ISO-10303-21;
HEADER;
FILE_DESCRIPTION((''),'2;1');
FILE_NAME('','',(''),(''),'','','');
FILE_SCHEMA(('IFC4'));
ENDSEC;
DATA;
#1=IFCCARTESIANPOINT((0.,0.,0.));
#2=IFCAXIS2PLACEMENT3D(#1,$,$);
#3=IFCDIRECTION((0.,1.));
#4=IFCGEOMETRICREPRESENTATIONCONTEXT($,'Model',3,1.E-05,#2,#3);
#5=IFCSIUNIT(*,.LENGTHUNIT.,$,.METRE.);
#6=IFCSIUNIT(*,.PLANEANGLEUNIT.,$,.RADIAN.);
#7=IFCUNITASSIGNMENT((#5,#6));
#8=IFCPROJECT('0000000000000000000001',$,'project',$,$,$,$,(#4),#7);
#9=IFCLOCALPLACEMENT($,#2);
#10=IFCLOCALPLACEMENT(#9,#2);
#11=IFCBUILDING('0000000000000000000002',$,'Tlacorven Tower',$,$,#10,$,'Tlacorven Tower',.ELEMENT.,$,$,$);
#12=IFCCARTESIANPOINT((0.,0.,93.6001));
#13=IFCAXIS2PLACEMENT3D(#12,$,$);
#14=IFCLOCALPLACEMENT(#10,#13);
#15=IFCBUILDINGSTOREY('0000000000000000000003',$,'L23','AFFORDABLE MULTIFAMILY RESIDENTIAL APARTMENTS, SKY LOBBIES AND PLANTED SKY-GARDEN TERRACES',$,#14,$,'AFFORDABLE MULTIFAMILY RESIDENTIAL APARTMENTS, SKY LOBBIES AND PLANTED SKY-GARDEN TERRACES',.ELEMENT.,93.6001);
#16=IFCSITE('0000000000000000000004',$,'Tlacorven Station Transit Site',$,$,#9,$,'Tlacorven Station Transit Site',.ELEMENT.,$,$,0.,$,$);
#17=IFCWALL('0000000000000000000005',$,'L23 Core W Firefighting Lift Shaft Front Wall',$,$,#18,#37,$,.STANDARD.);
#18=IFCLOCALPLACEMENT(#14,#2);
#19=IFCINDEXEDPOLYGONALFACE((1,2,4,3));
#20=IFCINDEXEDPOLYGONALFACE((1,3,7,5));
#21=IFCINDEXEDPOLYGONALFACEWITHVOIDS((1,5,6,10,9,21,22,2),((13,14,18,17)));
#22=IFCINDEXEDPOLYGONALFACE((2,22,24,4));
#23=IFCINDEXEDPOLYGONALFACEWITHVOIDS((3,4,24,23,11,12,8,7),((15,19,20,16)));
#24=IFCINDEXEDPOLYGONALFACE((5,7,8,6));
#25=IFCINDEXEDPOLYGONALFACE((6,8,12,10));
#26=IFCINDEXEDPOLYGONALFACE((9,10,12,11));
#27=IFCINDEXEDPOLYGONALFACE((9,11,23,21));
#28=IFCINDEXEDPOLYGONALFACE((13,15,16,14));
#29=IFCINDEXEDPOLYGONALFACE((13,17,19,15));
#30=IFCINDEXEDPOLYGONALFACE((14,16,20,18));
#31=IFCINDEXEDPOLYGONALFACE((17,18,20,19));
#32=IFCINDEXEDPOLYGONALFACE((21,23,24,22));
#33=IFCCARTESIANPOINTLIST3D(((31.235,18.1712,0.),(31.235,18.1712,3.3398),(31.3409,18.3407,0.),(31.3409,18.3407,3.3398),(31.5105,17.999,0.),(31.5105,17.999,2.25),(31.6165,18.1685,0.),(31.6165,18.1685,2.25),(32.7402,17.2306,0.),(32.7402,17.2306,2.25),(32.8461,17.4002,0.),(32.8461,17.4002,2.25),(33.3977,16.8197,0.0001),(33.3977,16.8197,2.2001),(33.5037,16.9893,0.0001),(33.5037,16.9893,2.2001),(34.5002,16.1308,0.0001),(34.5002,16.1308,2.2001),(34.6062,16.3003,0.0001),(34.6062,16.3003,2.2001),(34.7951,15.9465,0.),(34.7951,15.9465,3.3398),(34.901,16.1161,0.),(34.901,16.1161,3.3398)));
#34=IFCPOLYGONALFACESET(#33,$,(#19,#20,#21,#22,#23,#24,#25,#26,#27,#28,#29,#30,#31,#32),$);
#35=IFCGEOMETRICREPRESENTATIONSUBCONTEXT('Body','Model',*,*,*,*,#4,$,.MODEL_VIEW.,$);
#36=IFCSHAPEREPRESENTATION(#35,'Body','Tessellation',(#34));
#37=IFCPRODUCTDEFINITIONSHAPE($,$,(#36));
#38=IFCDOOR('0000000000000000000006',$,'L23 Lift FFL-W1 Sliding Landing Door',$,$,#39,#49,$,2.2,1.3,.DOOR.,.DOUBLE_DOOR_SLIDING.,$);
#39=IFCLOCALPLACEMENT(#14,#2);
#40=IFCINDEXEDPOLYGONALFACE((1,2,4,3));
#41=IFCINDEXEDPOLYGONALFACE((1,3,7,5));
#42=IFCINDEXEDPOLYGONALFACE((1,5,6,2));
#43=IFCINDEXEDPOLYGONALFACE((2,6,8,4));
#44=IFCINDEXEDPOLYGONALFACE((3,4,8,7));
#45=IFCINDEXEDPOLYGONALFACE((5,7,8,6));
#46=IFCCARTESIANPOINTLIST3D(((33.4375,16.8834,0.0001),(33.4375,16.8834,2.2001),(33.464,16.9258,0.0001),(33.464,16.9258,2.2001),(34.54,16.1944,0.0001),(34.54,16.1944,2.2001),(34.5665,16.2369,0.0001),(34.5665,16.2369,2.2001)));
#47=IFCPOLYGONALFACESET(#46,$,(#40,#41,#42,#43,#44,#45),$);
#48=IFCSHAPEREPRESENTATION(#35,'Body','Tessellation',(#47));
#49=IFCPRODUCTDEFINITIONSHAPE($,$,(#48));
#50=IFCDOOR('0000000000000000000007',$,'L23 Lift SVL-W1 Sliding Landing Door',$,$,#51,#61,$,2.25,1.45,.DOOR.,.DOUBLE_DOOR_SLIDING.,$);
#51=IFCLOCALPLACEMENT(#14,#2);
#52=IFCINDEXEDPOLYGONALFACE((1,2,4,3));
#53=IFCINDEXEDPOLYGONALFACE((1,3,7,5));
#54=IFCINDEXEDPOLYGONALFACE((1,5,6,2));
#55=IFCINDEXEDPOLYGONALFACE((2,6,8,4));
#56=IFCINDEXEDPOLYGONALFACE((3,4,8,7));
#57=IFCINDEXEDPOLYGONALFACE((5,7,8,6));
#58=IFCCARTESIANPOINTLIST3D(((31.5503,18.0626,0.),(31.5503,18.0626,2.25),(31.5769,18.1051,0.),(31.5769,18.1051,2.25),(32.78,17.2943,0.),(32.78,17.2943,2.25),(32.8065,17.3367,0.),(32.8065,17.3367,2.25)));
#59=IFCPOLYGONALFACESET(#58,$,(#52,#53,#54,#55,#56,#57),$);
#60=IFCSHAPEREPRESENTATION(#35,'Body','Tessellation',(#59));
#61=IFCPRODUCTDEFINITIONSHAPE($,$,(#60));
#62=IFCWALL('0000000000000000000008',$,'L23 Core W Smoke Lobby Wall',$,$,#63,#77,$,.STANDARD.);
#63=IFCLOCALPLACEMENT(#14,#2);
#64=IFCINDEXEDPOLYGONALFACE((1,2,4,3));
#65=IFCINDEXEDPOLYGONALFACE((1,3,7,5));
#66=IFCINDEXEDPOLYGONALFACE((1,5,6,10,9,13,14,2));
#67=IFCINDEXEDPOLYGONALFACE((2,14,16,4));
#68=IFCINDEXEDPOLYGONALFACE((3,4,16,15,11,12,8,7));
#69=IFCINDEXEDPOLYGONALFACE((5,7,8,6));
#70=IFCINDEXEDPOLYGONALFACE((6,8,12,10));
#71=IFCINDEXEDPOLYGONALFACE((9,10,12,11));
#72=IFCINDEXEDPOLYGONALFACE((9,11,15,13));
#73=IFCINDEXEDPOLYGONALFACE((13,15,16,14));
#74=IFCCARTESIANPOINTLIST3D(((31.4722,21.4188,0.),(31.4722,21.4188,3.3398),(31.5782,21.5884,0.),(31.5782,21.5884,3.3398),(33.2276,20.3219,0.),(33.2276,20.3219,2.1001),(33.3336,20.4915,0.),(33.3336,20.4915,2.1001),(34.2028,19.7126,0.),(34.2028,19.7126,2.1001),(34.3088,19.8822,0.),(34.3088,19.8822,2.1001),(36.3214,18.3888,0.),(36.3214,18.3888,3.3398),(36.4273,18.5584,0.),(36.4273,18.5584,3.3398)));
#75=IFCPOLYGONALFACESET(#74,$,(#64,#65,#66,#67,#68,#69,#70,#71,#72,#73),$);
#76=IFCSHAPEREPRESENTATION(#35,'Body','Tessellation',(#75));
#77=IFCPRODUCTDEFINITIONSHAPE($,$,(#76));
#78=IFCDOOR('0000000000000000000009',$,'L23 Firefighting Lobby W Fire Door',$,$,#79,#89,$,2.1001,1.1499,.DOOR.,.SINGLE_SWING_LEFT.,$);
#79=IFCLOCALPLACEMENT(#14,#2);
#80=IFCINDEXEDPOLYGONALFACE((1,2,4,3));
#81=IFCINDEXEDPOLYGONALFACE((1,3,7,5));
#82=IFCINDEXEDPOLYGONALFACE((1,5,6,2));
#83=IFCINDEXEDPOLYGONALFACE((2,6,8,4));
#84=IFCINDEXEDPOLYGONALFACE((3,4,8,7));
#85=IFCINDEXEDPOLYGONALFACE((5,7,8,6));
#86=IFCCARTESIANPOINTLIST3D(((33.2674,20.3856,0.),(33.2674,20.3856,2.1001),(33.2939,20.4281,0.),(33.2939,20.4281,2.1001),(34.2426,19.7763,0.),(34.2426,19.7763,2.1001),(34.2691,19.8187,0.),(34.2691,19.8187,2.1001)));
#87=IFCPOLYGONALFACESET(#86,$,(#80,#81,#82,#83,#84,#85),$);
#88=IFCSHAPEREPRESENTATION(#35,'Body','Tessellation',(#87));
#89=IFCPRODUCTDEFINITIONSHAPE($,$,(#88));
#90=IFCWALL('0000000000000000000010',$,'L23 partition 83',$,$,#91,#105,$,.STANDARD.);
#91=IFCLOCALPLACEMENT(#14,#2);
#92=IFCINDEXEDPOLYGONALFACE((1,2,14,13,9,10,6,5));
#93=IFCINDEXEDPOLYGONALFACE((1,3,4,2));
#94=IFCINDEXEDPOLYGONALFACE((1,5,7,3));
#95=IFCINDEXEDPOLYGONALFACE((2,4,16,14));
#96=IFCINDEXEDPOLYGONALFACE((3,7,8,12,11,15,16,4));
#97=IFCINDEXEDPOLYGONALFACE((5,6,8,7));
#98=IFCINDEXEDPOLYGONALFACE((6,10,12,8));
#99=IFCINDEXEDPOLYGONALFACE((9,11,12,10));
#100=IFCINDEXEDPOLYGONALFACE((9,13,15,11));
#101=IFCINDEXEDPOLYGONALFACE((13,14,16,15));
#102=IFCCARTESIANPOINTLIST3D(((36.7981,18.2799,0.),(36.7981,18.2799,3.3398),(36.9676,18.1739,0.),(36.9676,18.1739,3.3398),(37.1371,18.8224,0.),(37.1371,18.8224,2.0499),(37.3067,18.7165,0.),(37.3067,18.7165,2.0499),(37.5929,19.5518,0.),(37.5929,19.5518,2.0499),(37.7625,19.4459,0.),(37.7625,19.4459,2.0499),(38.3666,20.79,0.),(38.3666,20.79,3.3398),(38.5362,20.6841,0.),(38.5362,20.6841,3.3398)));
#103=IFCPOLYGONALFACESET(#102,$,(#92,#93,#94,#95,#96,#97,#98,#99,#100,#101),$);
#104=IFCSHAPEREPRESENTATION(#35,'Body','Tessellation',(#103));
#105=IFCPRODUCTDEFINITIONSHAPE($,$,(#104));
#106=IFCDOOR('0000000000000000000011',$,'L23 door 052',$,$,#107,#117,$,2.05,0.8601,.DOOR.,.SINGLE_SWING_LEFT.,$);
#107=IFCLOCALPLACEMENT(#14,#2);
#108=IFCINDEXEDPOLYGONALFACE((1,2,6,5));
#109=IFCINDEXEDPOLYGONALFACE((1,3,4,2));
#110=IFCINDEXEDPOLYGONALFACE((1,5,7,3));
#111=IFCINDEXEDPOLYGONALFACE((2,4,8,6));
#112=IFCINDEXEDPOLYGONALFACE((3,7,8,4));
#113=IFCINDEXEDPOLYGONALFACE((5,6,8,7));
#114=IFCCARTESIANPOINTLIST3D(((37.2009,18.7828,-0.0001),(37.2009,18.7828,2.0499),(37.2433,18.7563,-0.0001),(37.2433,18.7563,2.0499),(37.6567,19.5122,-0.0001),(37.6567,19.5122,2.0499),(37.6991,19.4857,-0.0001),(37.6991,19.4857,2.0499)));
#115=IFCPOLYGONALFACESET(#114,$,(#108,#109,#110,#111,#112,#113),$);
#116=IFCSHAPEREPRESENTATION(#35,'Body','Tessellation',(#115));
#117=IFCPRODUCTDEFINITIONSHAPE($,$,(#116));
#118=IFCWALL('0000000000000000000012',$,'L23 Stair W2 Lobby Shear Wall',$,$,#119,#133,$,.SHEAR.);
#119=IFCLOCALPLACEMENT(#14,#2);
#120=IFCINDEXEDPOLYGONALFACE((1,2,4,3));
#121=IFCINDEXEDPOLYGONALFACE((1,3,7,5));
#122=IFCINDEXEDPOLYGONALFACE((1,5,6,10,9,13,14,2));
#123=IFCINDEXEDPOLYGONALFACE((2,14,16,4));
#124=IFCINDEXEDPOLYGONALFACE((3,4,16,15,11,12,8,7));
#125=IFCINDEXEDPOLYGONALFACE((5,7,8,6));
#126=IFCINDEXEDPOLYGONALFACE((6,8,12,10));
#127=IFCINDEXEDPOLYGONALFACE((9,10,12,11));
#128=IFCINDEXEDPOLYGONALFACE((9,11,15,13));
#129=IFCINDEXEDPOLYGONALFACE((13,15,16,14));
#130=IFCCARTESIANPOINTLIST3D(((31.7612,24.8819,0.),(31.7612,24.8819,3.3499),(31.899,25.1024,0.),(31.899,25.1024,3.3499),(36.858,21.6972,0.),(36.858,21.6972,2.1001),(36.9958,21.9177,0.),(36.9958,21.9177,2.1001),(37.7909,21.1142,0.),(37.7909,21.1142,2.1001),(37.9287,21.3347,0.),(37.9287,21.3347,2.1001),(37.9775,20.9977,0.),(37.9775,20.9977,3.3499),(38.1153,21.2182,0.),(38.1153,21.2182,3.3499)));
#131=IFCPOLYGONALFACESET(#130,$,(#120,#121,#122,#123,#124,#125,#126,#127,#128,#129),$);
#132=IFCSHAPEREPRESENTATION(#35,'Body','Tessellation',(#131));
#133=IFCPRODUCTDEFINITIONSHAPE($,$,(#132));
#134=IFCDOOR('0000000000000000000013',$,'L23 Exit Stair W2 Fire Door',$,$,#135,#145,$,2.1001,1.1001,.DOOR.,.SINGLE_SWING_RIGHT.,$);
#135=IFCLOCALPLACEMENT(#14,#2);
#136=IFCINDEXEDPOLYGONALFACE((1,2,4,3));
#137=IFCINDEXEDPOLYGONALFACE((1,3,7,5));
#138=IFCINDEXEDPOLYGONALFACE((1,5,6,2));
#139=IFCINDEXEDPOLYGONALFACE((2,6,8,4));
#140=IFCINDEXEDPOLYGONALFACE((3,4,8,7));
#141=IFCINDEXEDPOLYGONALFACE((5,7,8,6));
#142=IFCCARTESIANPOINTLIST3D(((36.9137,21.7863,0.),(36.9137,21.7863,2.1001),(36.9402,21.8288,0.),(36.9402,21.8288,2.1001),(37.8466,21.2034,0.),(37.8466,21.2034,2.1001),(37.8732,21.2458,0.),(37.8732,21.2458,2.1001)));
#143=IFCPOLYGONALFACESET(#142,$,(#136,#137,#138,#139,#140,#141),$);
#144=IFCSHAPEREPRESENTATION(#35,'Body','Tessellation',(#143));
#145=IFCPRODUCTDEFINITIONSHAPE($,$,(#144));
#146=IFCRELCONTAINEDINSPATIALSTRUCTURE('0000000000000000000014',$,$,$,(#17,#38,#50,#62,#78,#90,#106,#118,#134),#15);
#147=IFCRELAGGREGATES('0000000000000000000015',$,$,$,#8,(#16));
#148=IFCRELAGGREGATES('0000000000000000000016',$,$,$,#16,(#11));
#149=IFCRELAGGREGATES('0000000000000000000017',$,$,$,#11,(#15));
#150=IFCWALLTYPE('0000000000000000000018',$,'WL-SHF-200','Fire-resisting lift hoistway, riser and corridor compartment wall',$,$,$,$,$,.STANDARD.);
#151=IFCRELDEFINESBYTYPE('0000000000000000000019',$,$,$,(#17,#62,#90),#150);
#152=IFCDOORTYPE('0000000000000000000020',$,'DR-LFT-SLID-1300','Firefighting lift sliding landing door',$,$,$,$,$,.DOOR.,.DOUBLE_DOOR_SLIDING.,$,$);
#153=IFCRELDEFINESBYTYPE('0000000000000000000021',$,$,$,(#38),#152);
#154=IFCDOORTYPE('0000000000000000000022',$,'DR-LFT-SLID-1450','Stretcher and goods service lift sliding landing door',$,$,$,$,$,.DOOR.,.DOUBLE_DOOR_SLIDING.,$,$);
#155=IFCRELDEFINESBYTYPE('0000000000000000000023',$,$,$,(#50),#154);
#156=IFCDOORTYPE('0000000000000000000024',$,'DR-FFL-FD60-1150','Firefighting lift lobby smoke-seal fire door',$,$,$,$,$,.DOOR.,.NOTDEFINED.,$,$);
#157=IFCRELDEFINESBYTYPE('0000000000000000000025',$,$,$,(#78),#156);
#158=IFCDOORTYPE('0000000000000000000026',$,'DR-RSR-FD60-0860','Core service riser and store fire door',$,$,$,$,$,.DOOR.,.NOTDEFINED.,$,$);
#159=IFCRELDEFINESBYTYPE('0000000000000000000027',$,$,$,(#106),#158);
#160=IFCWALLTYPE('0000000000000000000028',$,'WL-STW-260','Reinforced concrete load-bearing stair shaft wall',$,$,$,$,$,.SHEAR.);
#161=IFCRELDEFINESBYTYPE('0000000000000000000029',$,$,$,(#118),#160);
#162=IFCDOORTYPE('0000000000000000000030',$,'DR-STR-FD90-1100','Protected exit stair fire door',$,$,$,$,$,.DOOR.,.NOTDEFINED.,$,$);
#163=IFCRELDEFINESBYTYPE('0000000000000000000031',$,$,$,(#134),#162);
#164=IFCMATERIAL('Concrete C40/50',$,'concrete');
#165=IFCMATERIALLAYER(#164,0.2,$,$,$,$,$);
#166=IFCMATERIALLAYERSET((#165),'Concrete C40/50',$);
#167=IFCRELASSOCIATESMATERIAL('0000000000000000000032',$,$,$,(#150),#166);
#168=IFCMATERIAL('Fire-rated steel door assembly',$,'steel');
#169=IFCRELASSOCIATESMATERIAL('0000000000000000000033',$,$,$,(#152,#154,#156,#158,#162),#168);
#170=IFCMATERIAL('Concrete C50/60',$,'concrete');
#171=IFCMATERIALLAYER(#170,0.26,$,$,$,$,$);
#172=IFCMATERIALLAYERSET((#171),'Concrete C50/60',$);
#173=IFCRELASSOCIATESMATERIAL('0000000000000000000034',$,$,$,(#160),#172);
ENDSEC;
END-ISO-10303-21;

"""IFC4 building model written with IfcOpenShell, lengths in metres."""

from ifc_helpers import new_model, si_unit, direction, frame, frame_2d, origin, place, context, subcontext, project, spatial, rectangle, extrude, source, transform, mapped, material, layer, layer_set, type_object, element, fill, save


model = new_model("IFC4")

# Units and contexts
model_context = context("Model", 3, precision=1e-05, world=origin(), true_north=direction((0.0, 1.0)))
body_context = subcontext(model_context, "Body", "Model", "MODEL_VIEW")
ifc_project = project(units=[si_unit("LENGTHUNIT", "METRE"), si_unit("PLANEANGLEUNIT", "RADIAN")], contexts=[model_context])

# Site, building, storey
site_placement = place(None, origin())
site = spatial("IfcSite", under=ifc_project, at=site_placement, Name="Tlacorven Station Transit Site", LongName="Tlacorven Station Transit Site", CompositionType="ELEMENT", RefElevation=0.0)
building_placement = place(site_placement, origin())
building = spatial("IfcBuilding", under=site, at=building_placement, Name="Tlacorven Tower", LongName="Tlacorven Tower", CompositionType="ELEMENT")
storey_placement = place(building_placement, frame((0.0, 0.0, 93.6001)))
storey = spatial("IfcBuildingStorey", under=building, at=storey_placement, Name="L23", Description="AFFORDABLE MULTIFAMILY RESIDENTIAL APARTMENTS, SKY LOBBIES AND PLANTED SKY-GARDEN TERRACES", LongName="AFFORDABLE MULTIFAMILY RESIDENTIAL APARTMENTS, SKY LOBBIES AND PLANTED SKY-GARDEN TERRACES", CompositionType="ELEMENT", Elevation=93.6001)

# Shared definitions
ifc_material_1 = material(Name="Fire-rated steel door assembly", Category="steel")

# Wall, openings, doors
ifc_material_2 = material(Name="Concrete C40/50", Category="concrete")
ifc_layer_1 = layer(ifc_material_2, 0.2)
ifc_layer_set_1 = layer_set([ifc_layer_1], Name="Concrete C40/50")
wall_type_1 = type_object("IfcWallType", Name="WL-SHF-200", Description="Fire-resisting lift hoistway, riser and corridor compartment wall", PredefinedType="STANDARD", material=ifc_layer_set_1)
wall_1_placement = place(storey_placement, frame((34.8481, 16.0312, 0.0), z_axis=(0.0, 0.0, 1.0), x_axis=(-0.848044, 0.529926, 0.0)))
wall_1 = element("IfcWall", 1, at=wall_1_placement, inside=storey, type_object=wall_type_1, Name="L23 Core W Firefighting Lift Shaft Front Wall", PredefinedType="STANDARD", context=body_context, shape_type="SweptSolid", body=[
    extrude(rectangle(XDim=4.198, YDim=0.2, at=frame_2d((2.0991, 0.0))), origin(), (0.0, 0.0, 1.0), 3.3398),
])
opening_1_placement = place(wall_1_placement, frame((0.3479, 0.0, 0.0)))
opening_1 = element("IfcOpeningElement", 2, at=opening_1_placement, cuts=wall_1, PredefinedType="OPENING", context=body_context, shape_type="SweptSolid", body=[
    extrude(rectangle(XDim=1.3, YDim=2.2, at=frame_2d((0.6499, 1.1001))), frame((0.0, 0.1099, 0.0), z_axis=(0.0, -1.0, 0.0), x_axis=(1.0, 0.0, 0.0)), (0.0, 0.0, 1.0), 0.22),
])
opening_2_placement = place(wall_1_placement, frame((2.4231, 0.0, 0.0)))
opening_2 = element("IfcOpeningElement", 3, at=opening_2_placement, cuts=wall_1, PredefinedType="OPENING", context=body_context, shape_type="SweptSolid", body=[
    extrude(rectangle(XDim=1.45, YDim=2.25, at=frame_2d((0.7251, 1.125))), frame((0.0, 0.1099, 0.0), z_axis=(0.0, -1.0, 0.0), x_axis=(1.0, 0.0, 0.0)), (0.0, 0.0, 1.0), 0.22),
])
door_type_1 = type_object("IfcDoorType", Name="DR-LFT-SLID-1300", Description="Firefighting lift sliding landing door", OperationType="DOUBLE_DOOR_SLIDING", PredefinedType="DOOR", material=ifc_material_1)
shared_shape_1 = source(origin(), body_context, "Body", "SweptSolid", [
    extrude(rectangle(XDim=1.3, YDim=2.2, at=frame_2d((0.6499, 1.1001))), frame((0.0, 0.0249, 0.0), z_axis=(0.0, -1.0, 0.0), x_axis=(1.0, 0.0, 0.0)), (0.0, 0.0, 1.0), 0.05),
])
door_1_placement = place(opening_1_placement, origin())
door_1 = element("IfcDoor", 4, at=door_1_placement, inside=storey, type_object=door_type_1, Name="L23 Lift FFL-W1 Sliding Landing Door", OperationType="DOUBLE_DOOR_SLIDING", OverallHeight=2.2, OverallWidth=1.3, PredefinedType="DOOR", context=body_context, shape_type="MappedRepresentation", body=[
    mapped(shared_shape_1, transform((0.0, 0.0, 0.0), scale=1.0)),
])
fill(opening_1, door_1)
door_type_2 = type_object("IfcDoorType", Name="DR-LFT-SLID-1450", Description="Stretcher and goods service lift sliding landing door", OperationType="DOUBLE_DOOR_SLIDING", PredefinedType="DOOR", material=ifc_material_1)
shared_shape_2 = source(origin(), body_context, "Body", "SweptSolid", [
    extrude(rectangle(XDim=1.45, YDim=2.25, at=frame_2d((0.7251, 1.125))), frame((0.0, 0.0249, 0.0), z_axis=(0.0, -1.0, 0.0), x_axis=(1.0, 0.0, 0.0)), (0.0, 0.0, 1.0), 0.05),
])
door_2_placement = place(opening_2_placement, origin())
door_2 = element("IfcDoor", 5, at=door_2_placement, inside=storey, type_object=door_type_2, Name="L23 Lift SVL-W1 Sliding Landing Door", OperationType="DOUBLE_DOOR_SLIDING", OverallHeight=2.25, OverallWidth=1.45, PredefinedType="DOOR", context=body_context, shape_type="MappedRepresentation", body=[
    mapped(shared_shape_2, transform((0.0, 0.0, 0.0), scale=1.0)),
])
fill(opening_2, door_2)

# Walls, openings, doors
wall_2_placement = place(storey_placement, frame((36.3743, 18.4736, 0.0), z_axis=(0.0, 0.0, 1.0), x_axis=(-0.848051, 0.529915, 0.0)))
wall_2 = element("IfcWall", 6, at=wall_2_placement, inside=storey, type_object=wall_type_1, Name="L23 Core W Smoke Lobby Wall", PredefinedType="STANDARD", context=body_context, shape_type="SweptSolid", body=[
    extrude(rectangle(XDim=5.718, YDim=0.2, at=frame_2d((2.8589, 0.0))), origin(), (0.0, 0.0, 1.0), 3.3398),
])
opening_3_placement = place(wall_2_placement, frame((2.498, 0.0, 0.0)))
opening_3 = element("IfcOpeningElement", 7, at=opening_3_placement, cuts=wall_2, PredefinedType="OPENING", context=body_context, shape_type="SweptSolid", body=[
    extrude(rectangle(XDim=1.1499, YDim=2.1001, at=frame_2d((0.575, 1.05))), frame((0.0, 0.1099, 0.0), z_axis=(0.0, -1.0, 0.0), x_axis=(1.0, 0.0, 0.0)), (0.0, 0.0, 1.0), 0.22),
])
door_type_3 = type_object("IfcDoorType", Name="DR-FFL-FD60-1150", Description="Firefighting lift lobby smoke-seal fire door", OperationType="NOTDEFINED", PredefinedType="DOOR", material=ifc_material_1)
shared_shape_3 = source(origin(), body_context, "Body", "SweptSolid", [
    extrude(rectangle(XDim=1.1499, YDim=2.1001, at=frame_2d((0.575, 1.05))), frame((0.0, 0.0249, 0.0), z_axis=(0.0, -1.0, 0.0), x_axis=(1.0, 0.0, 0.0)), (0.0, 0.0, 1.0), 0.05),
])
door_3_placement = place(opening_3_placement, origin())
door_3 = element("IfcDoor", 8, at=door_3_placement, inside=storey, type_object=door_type_3, Name="L23 Firefighting Lobby W Fire Door", OperationType="SINGLE_SWING_LEFT", OverallHeight=2.1001, OverallWidth=1.1499, PredefinedType="DOOR", context=body_context, shape_type="MappedRepresentation", body=[
    mapped(shared_shape_3, transform((0.0, 0.0, 0.0), scale=1.0)),
])
fill(opening_3, door_3)
wall_3_placement = place(storey_placement, frame((38.4514, 20.7371, 0.0), z_axis=(0.0, 0.0, 1.0), x_axis=(-0.529925, -0.848045, 0.0)))
wall_3 = element("IfcWall", 9, at=wall_3_placement, inside=storey, type_object=wall_type_1, Name="L23 partition 83", PredefinedType="STANDARD", context=body_context, shape_type="SweptSolid", body=[
    extrude(rectangle(XDim=2.96, YDim=0.2, at=frame_2d((1.48, 0.0))), origin(), (0.0, 0.0, 1.0), 3.3398),
])
opening_4_placement = place(wall_3_placement, frame((1.46, 0.0, 0.0)))
opening_4 = element("IfcOpeningElement", 10, at=opening_4_placement, cuts=wall_3, PredefinedType="OPENING", context=body_context, shape_type="SweptSolid", body=[
    extrude(rectangle(XDim=0.8601, YDim=2.05, at=frame_2d((0.4302, 1.0249))), frame((0.0, 0.1099, 0.0), z_axis=(0.0, -1.0, 0.0), x_axis=(1.0, 0.0, 0.0)), (0.0, 0.0, 1.0), 0.22),
])
door_type_4 = type_object("IfcDoorType", Name="DR-RSR-FD60-0860", Description="Core service riser and store fire door", OperationType="NOTDEFINED", PredefinedType="DOOR", material=ifc_material_1)
shared_shape_4 = source(origin(), body_context, "Body", "SweptSolid", [
    extrude(rectangle(XDim=0.8601, YDim=2.05, at=frame_2d((0.4302, 1.0249))), frame((0.0, 0.0249, 0.0), z_axis=(0.0, -1.0, 0.0), x_axis=(1.0, 0.0, 0.0)), (0.0, 0.0, 1.0), 0.05),
])
door_4_placement = place(opening_4_placement, frame((0.8601, 0.0, 0.0), z_axis=(0.0, 0.0, 1.0), x_axis=(-1.0, 0.0, 0.0)))
door_4 = element("IfcDoor", 11, at=door_4_placement, inside=storey, type_object=door_type_4, Name="L23 door 052", OperationType="SINGLE_SWING_LEFT", OverallHeight=2.05, OverallWidth=0.8601, PredefinedType="DOOR", context=body_context, shape_type="MappedRepresentation", body=[
    mapped(shared_shape_4, transform((0.0, 0.0, 0.0), scale=1.0)),
])
fill(opening_4, door_4)
ifc_material_3 = material(Name="Concrete C50/60", Category="concrete")
ifc_layer_2 = layer(ifc_material_3, 0.26)
ifc_layer_set_2 = layer_set([ifc_layer_2], Name="Concrete C50/60")
wall_type_2 = type_object("IfcWallType", Name="WL-STW-260", Description="Reinforced concrete load-bearing stair shaft wall", PredefinedType="SHEAR", material=ifc_layer_set_2)
wall_4_placement = place(storey_placement, frame((38.0464, 21.1079, 0.0), z_axis=(0.0, 0.0, 1.0), x_axis=(-0.848054, 0.529909, 0.0)))
wall_4 = element("IfcWall", 12, at=wall_4_placement, inside=storey, type_object=wall_type_2, Name="L23 Stair W2 Lobby Shear Wall", PredefinedType="SHEAR", context=body_context, shape_type="SweptSolid", body=[
    extrude(rectangle(XDim=7.3301, YDim=0.26, at=frame_2d((3.665, 0.0))), origin(), (0.0, 0.0, 1.0), 3.3499),
])
opening_5_placement = place(wall_4_placement, frame((0.22, 0.0, 0.0)))
opening_5 = element("IfcOpeningElement", 13, at=opening_5_placement, cuts=wall_4, PredefinedType="OPENING", context=body_context, shape_type="SweptSolid", body=[
    extrude(rectangle(XDim=1.1001, YDim=2.1001, at=frame_2d((0.55, 1.05))), frame((0.0, 0.1401, 0.0), z_axis=(0.0, -1.0, 0.0), x_axis=(1.0, 0.0, 0.0)), (0.0, 0.0, 1.0), 0.28),
])
door_type_5 = type_object("IfcDoorType", Name="DR-STR-FD90-1100", Description="Protected exit stair fire door", OperationType="NOTDEFINED", PredefinedType="DOOR", material=ifc_material_1)
shared_shape_5 = source(origin(), body_context, "Body", "SweptSolid", [
    extrude(rectangle(XDim=1.1001, YDim=2.1001, at=frame_2d((0.55, 1.05))), frame((0.0, 0.0249, 0.0), z_axis=(0.0, -1.0, 0.0), x_axis=(1.0, 0.0, 0.0)), (0.0, 0.0, 1.0), 0.05),
])
door_5_placement = place(opening_5_placement, origin())
door_5 = element("IfcDoor", 14, at=door_5_placement, inside=storey, type_object=door_type_5, Name="L23 Exit Stair W2 Fire Door", OperationType="SINGLE_SWING_RIGHT", OverallHeight=2.1001, OverallWidth=1.1001, PredefinedType="DOOR", context=body_context, shape_type="MappedRepresentation", body=[
    mapped(shared_shape_5, transform((0.0, 0.0, 0.0), scale=1.0)),
])
fill(opening_5, door_5)

save(model, "model.ifc")
